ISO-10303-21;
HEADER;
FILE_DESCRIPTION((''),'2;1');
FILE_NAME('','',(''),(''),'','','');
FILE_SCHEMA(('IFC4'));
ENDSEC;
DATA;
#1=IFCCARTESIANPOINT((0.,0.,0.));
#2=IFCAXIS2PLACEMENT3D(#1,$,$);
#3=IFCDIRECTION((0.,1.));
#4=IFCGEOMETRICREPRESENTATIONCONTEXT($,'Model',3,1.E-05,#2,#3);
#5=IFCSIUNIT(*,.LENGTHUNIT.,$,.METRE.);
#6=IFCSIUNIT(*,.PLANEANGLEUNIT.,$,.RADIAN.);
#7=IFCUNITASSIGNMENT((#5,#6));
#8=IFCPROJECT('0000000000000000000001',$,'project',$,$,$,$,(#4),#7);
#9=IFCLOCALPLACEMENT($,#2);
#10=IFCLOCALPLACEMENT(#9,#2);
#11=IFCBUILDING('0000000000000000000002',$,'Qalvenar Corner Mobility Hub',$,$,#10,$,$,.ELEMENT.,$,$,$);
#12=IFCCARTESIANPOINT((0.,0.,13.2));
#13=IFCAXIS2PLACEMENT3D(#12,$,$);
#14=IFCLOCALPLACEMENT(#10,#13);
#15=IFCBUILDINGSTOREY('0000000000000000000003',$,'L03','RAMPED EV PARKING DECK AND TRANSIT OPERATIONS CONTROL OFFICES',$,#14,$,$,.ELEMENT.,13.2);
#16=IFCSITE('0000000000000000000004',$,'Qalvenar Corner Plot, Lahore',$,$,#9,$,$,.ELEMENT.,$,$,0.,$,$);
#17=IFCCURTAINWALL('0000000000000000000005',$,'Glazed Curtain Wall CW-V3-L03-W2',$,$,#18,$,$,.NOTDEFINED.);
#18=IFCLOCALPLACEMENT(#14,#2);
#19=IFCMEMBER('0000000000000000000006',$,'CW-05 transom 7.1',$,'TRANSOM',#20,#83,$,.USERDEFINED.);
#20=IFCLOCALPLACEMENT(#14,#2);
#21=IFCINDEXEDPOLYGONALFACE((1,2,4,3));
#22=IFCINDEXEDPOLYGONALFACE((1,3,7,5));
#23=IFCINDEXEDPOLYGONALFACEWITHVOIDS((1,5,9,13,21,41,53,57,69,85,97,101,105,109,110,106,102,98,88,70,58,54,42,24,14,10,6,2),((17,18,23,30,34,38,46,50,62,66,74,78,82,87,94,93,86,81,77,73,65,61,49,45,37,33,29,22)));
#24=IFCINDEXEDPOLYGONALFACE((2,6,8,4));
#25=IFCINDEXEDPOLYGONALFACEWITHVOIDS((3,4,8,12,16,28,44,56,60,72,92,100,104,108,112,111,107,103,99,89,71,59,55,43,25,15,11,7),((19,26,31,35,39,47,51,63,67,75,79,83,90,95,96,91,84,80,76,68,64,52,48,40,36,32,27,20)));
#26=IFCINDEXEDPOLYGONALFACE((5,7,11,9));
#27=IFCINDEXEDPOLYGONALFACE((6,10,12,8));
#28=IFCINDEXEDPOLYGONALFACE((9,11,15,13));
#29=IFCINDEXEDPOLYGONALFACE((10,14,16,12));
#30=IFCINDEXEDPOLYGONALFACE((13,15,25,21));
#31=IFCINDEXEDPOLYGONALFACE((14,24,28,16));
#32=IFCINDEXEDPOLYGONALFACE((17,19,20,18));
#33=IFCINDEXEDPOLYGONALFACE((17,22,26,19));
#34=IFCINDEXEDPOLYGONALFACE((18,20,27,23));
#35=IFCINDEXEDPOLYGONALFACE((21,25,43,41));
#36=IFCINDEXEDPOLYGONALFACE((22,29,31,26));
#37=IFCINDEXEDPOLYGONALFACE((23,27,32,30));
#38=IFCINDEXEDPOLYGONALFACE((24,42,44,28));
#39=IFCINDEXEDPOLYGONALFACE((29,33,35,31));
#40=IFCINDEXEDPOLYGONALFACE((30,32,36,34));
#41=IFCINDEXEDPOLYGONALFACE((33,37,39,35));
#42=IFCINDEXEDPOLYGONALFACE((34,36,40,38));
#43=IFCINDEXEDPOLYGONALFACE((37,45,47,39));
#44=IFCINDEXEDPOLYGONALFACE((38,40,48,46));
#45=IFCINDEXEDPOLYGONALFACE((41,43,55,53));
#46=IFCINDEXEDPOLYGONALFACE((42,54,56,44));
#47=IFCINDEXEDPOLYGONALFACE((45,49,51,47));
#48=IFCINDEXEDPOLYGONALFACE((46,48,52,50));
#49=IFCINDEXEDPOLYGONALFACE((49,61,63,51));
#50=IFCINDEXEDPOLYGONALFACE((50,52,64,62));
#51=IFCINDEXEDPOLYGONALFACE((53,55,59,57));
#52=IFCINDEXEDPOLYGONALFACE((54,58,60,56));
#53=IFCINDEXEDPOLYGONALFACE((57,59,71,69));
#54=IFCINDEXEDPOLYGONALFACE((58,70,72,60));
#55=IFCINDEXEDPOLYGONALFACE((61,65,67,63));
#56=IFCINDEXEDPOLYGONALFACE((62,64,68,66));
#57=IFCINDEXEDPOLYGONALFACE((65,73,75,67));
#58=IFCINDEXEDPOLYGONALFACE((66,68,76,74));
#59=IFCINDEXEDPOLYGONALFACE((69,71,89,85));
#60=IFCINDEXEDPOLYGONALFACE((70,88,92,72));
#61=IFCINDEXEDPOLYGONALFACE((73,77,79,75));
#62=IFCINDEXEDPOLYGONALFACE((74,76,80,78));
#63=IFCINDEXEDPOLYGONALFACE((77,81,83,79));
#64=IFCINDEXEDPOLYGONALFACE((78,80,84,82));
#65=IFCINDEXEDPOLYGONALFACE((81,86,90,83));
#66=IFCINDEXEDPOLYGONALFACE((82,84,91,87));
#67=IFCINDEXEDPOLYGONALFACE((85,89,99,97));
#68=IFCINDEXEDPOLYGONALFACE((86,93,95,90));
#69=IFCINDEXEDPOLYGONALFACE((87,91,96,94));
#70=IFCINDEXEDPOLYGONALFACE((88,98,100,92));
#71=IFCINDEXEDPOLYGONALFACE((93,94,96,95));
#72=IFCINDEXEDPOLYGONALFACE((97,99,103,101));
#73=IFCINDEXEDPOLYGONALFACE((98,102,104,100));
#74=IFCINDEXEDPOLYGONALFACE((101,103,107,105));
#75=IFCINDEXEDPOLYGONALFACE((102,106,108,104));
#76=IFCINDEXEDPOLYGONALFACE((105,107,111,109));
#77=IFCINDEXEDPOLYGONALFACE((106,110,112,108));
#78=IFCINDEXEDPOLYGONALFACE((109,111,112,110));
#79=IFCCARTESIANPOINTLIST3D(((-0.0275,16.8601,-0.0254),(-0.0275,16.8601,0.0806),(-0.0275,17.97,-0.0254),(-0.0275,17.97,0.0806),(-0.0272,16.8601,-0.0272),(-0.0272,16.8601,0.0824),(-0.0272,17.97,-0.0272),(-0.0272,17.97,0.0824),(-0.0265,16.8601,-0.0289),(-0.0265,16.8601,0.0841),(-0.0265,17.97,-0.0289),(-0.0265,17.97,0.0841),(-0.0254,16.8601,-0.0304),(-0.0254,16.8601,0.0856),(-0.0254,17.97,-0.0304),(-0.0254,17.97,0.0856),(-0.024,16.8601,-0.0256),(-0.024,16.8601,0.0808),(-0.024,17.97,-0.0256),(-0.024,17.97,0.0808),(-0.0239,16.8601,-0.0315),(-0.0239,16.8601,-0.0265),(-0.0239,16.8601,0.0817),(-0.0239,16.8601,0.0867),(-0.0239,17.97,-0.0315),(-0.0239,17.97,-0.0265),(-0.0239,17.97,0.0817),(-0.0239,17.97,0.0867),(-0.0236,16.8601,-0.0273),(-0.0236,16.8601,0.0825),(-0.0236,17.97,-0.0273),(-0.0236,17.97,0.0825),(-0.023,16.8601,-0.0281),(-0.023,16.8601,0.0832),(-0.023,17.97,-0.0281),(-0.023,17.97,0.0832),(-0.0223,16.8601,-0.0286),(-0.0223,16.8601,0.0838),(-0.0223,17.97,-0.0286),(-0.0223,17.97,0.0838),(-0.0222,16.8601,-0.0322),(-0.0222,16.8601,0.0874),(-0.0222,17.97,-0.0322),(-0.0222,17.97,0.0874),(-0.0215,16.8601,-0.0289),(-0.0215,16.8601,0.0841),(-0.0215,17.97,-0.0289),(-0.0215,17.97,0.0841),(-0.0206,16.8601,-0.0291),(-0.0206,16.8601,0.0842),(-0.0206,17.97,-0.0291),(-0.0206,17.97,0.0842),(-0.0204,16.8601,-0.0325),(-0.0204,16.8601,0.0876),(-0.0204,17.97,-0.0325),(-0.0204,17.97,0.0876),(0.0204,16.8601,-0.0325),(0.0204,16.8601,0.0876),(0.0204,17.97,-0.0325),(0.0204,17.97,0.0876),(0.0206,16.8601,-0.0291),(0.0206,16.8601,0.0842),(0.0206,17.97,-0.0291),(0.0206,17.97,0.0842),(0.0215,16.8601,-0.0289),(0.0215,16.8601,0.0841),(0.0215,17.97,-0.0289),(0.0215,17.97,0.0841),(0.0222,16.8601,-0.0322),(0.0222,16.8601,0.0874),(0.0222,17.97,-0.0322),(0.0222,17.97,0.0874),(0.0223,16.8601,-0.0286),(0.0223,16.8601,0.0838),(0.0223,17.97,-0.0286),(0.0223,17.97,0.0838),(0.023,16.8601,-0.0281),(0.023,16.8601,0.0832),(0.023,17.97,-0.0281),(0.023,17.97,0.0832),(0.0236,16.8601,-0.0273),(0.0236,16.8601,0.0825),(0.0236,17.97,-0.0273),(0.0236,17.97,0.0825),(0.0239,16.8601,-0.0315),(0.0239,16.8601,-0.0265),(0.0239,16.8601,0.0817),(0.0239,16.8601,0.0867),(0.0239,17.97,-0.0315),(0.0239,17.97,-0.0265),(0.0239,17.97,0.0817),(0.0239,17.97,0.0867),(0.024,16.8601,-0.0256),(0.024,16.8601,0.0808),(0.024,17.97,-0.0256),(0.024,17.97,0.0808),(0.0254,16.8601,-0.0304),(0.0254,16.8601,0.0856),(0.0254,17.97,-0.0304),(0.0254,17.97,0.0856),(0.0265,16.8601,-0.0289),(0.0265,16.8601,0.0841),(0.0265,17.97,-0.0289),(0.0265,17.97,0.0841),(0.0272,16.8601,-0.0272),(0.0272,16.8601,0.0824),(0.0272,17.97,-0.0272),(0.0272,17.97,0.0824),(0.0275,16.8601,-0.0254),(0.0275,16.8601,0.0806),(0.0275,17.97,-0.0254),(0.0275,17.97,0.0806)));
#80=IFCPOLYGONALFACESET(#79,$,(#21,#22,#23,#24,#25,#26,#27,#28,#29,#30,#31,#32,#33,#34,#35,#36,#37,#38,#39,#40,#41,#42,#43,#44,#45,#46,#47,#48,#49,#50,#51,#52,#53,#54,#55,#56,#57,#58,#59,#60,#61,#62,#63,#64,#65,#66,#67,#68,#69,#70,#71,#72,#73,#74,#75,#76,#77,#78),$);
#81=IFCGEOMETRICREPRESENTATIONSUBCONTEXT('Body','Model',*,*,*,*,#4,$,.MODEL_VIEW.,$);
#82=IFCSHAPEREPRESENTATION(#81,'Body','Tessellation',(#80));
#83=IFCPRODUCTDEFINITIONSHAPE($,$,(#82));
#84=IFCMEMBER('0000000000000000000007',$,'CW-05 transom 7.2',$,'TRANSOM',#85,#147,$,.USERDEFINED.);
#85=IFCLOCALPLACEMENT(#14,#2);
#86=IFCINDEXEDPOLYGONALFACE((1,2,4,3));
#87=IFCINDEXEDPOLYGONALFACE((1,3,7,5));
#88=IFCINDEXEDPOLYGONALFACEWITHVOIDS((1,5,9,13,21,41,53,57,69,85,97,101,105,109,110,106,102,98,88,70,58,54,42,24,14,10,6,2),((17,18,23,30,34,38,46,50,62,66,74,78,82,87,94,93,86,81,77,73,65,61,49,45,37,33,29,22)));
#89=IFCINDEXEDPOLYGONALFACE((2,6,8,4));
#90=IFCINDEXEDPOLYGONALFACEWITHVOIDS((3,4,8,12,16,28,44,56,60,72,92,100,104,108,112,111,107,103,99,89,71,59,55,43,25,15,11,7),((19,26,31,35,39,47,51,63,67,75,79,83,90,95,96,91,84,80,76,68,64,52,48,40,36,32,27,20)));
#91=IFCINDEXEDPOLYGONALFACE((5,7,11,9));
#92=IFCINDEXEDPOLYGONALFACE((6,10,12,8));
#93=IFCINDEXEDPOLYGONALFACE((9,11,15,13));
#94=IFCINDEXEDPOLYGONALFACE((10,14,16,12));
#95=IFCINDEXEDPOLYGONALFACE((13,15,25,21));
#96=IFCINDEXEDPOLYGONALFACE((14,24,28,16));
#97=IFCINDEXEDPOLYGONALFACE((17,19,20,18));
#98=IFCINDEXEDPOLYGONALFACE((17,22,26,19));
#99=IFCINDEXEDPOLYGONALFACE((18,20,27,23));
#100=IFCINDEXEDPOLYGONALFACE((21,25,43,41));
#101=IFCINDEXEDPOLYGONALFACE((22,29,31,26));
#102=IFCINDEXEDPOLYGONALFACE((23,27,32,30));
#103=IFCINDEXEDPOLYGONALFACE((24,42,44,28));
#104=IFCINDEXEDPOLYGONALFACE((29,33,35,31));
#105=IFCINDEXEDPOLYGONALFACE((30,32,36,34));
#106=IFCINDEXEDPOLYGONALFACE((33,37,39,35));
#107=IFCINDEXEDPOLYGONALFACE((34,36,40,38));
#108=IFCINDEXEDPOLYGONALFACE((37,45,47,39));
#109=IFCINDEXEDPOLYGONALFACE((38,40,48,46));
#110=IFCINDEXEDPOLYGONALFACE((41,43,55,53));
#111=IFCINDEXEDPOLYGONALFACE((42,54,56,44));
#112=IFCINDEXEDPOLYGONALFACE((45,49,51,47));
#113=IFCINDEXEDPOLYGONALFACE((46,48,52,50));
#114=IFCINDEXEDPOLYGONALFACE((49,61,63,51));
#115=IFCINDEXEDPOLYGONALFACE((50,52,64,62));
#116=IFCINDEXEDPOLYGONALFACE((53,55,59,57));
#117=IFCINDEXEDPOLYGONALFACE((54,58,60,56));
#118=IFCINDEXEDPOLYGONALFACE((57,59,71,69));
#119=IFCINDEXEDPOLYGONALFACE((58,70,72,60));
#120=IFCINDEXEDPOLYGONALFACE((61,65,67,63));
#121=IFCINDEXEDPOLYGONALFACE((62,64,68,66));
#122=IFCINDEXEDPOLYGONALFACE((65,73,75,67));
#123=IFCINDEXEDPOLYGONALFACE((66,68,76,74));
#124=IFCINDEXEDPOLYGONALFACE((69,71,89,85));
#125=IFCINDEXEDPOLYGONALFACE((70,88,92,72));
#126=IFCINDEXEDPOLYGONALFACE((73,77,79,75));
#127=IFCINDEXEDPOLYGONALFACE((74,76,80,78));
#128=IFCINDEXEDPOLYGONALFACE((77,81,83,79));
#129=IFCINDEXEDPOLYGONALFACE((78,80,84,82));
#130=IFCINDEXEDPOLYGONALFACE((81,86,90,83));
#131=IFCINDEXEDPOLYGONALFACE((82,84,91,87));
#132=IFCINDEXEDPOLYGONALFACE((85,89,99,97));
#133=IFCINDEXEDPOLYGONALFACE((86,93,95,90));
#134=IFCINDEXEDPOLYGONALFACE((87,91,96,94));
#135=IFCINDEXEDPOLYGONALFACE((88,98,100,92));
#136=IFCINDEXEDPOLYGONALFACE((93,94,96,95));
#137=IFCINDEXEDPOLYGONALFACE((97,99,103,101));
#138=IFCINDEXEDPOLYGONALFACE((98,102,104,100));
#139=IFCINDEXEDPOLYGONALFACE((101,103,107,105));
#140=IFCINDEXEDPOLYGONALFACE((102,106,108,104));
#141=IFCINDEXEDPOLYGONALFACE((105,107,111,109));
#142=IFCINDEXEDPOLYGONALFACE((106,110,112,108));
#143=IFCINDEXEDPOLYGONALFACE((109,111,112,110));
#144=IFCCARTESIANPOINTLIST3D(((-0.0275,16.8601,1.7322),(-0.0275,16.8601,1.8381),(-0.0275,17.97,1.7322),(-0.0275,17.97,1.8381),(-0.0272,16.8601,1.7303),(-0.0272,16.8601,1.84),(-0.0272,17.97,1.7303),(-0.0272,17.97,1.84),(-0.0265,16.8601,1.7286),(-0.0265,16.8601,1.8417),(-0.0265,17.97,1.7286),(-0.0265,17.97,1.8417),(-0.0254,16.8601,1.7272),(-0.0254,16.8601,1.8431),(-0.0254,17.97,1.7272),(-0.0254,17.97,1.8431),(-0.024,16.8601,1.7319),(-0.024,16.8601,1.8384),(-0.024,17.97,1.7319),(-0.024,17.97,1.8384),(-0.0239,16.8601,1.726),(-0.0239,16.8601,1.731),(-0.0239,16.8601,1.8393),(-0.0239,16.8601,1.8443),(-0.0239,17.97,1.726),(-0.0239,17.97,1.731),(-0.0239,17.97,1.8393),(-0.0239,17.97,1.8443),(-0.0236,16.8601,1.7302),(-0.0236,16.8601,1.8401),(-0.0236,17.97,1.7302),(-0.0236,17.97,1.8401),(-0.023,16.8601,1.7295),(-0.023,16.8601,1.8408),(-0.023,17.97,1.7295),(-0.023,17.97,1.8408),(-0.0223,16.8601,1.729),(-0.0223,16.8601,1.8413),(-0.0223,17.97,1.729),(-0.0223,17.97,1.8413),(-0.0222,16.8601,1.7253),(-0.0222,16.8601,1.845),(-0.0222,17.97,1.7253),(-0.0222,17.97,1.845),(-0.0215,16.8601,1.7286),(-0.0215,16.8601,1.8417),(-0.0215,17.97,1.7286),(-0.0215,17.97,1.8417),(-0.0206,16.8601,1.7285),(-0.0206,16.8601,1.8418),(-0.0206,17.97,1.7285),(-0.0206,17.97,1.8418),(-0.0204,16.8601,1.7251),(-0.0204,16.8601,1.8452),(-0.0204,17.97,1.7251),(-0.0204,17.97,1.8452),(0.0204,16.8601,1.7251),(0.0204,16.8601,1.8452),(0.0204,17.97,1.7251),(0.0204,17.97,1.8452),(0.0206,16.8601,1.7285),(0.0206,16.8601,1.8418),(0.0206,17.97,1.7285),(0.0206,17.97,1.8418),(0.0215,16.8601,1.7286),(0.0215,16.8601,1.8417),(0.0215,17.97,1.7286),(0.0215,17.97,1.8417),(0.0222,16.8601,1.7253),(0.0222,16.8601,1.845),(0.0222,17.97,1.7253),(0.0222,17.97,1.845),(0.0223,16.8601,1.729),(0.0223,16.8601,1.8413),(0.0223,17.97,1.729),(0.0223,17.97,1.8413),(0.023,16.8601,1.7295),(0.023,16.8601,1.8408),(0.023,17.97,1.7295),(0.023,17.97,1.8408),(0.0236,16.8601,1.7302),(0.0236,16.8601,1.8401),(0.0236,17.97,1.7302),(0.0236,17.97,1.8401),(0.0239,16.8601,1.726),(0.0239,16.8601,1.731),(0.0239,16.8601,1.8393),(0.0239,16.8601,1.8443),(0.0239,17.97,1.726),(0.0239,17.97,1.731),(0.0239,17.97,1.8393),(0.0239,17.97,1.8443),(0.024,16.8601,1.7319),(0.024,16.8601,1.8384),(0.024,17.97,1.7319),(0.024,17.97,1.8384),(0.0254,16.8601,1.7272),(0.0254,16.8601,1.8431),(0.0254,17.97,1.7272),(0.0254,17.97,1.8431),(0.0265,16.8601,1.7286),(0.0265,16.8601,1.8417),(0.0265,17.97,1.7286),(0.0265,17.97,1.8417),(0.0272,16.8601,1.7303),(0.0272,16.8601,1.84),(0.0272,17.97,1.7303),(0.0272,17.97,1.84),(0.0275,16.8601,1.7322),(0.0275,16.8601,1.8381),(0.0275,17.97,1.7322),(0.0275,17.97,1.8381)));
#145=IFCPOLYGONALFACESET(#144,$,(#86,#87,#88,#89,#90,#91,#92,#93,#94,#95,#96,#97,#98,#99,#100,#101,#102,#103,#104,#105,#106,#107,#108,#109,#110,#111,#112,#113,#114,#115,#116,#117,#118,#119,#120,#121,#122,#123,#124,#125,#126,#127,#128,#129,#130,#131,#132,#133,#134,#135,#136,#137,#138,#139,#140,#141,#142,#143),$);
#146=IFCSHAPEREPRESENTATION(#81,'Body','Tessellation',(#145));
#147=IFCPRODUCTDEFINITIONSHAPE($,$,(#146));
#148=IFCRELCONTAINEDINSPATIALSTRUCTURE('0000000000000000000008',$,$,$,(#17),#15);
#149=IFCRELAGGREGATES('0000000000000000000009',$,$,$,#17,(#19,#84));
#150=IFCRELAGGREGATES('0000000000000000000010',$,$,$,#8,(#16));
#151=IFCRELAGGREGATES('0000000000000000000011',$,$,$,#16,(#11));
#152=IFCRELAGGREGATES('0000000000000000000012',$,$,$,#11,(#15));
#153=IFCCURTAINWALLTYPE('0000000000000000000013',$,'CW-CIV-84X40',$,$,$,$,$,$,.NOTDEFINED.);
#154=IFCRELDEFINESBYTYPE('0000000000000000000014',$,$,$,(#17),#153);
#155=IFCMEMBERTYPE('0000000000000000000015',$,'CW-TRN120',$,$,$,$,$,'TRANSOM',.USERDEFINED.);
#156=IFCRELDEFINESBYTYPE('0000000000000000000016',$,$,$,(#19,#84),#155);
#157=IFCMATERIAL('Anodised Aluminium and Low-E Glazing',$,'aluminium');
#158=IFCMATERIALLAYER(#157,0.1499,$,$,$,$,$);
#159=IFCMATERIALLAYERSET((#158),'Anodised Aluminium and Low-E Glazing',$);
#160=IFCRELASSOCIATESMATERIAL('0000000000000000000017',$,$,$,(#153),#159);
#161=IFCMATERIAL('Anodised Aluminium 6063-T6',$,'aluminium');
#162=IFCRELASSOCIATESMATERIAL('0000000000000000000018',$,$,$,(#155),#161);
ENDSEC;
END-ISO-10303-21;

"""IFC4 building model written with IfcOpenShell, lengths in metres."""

from ifc_helpers import new_model, si_unit, direction, frame, origin, origin_2d, place, context, subcontext, project, spatial, hollow_rectangle, extrude, material, layer, layer_set, material_profile, profile_set, type_object, element, aggregate, save


model = new_model("IFC4")

# Units and contexts
model_context = context("Model", 3, precision=1e-05, world=origin(), true_north=direction((0.0, 1.0)))
body_context = subcontext(model_context, "Body", "Model", "MODEL_VIEW")
ifc_project = project(units=[si_unit("LENGTHUNIT", "METRE"), si_unit("PLANEANGLEUNIT", "RADIAN")], contexts=[model_context])

# Site, building, storey
site_placement = place(None, origin())
site = spatial("IfcSite", under=ifc_project, at=site_placement, Name="Qalvenar Corner Plot, Lahore", CompositionType="ELEMENT", RefElevation=0.0)
building_placement = place(site_placement, origin())
building = spatial("IfcBuilding", under=site, at=building_placement, Name="Qalvenar Corner Mobility Hub", CompositionType="ELEMENT")
storey_placement = place(building_placement, frame((0.0, 0.0, 13.2)))
storey = spatial("IfcBuildingStorey", under=building, at=storey_placement, Name="L03", Description="RAMPED EV PARKING DECK AND TRANSIT OPERATIONS CONTROL OFFICES", CompositionType="ELEMENT", Elevation=13.2)

# Curtain wall
ifc_material_1 = material(Name="Anodised Aluminium and Low-E Glazing", Category="aluminium")
ifc_layer_1 = layer(ifc_material_1, 0.1499)
ifc_layer_set_1 = layer_set([ifc_layer_1], Name="Anodised Aluminium and Low-E Glazing")
curtain_wall_type = type_object("IfcCurtainWallType", Name="CW-CIV-84X40", PredefinedType="NOTDEFINED", material=ifc_layer_set_1)
ifc_material_2 = material(Name="Anodised Aluminium 6063-T6", Category="aluminium")
curtain_wall_1_placement = place(storey_placement, origin())
curtain_wall_1 = element("IfcCurtainWall", 1, at=curtain_wall_1_placement, inside=storey, type_object=curtain_wall_type, Name="Glazed Curtain Wall CW-V3-L03-W2", PredefinedType="NOTDEFINED")

# Members
ifc_material_profile_1 = material_profile(ifc_material_2, hollow_rectangle(XDim=0.0549, YDim=0.1201, WallThickness=0.0034, InnerFilletRadius=0.0034, OuterFilletRadius=0.0071, at=origin_2d()), Name="RHS120x55x3.5")
ifc_profile_set_1 = profile_set([ifc_material_profile_1], Name="Anodised Aluminium 6063-T6")
member_type_1 = type_object("IfcMemberType", Name="CW-TRN120", ElementType="TRANSOM", PredefinedType="USERDEFINED", material=ifc_profile_set_1)
member_1_placement = place(storey_placement, frame((0.0, 17.97, 0.0276), z_axis=(0.0, -1.0, 0.0), x_axis=(1.0, 0.0, 0.0)))
member_1 = element("IfcMember", 2, at=member_1_placement, type_object=member_type_1, Name="CW-05 transom 7.1", ObjectType="TRANSOM", PredefinedType="USERDEFINED", context=body_context, shape_type="SweptSolid", body=[
    extrude(hollow_rectangle(XDim=0.0549, YDim=0.1201, WallThickness=0.0034, InnerFilletRadius=0.0034, OuterFilletRadius=0.0071, at=origin_2d()), origin(), (0.0, 0.0, 1.0), 1.1099),
])
member_2_placement = place(storey_placement, frame((0.0, 17.97, 1.7852), z_axis=(0.0, -1.0, 0.0), x_axis=(1.0, 0.0, 0.0)))
member_2 = element("IfcMember", 3, at=member_2_placement, type_object=member_type_1, Name="CW-05 transom 7.2", ObjectType="TRANSOM", PredefinedType="USERDEFINED", context=body_context, shape_type="SweptSolid", body=[
    extrude(hollow_rectangle(XDim=0.0549, YDim=0.1201, WallThickness=0.0034, InnerFilletRadius=0.0034, OuterFilletRadius=0.0071, at=origin_2d()), origin(), (0.0, 0.0, 1.0), 1.1099),
])

aggregate(curtain_wall_1, [member_1, member_2])

save(model, "model.ifc")
